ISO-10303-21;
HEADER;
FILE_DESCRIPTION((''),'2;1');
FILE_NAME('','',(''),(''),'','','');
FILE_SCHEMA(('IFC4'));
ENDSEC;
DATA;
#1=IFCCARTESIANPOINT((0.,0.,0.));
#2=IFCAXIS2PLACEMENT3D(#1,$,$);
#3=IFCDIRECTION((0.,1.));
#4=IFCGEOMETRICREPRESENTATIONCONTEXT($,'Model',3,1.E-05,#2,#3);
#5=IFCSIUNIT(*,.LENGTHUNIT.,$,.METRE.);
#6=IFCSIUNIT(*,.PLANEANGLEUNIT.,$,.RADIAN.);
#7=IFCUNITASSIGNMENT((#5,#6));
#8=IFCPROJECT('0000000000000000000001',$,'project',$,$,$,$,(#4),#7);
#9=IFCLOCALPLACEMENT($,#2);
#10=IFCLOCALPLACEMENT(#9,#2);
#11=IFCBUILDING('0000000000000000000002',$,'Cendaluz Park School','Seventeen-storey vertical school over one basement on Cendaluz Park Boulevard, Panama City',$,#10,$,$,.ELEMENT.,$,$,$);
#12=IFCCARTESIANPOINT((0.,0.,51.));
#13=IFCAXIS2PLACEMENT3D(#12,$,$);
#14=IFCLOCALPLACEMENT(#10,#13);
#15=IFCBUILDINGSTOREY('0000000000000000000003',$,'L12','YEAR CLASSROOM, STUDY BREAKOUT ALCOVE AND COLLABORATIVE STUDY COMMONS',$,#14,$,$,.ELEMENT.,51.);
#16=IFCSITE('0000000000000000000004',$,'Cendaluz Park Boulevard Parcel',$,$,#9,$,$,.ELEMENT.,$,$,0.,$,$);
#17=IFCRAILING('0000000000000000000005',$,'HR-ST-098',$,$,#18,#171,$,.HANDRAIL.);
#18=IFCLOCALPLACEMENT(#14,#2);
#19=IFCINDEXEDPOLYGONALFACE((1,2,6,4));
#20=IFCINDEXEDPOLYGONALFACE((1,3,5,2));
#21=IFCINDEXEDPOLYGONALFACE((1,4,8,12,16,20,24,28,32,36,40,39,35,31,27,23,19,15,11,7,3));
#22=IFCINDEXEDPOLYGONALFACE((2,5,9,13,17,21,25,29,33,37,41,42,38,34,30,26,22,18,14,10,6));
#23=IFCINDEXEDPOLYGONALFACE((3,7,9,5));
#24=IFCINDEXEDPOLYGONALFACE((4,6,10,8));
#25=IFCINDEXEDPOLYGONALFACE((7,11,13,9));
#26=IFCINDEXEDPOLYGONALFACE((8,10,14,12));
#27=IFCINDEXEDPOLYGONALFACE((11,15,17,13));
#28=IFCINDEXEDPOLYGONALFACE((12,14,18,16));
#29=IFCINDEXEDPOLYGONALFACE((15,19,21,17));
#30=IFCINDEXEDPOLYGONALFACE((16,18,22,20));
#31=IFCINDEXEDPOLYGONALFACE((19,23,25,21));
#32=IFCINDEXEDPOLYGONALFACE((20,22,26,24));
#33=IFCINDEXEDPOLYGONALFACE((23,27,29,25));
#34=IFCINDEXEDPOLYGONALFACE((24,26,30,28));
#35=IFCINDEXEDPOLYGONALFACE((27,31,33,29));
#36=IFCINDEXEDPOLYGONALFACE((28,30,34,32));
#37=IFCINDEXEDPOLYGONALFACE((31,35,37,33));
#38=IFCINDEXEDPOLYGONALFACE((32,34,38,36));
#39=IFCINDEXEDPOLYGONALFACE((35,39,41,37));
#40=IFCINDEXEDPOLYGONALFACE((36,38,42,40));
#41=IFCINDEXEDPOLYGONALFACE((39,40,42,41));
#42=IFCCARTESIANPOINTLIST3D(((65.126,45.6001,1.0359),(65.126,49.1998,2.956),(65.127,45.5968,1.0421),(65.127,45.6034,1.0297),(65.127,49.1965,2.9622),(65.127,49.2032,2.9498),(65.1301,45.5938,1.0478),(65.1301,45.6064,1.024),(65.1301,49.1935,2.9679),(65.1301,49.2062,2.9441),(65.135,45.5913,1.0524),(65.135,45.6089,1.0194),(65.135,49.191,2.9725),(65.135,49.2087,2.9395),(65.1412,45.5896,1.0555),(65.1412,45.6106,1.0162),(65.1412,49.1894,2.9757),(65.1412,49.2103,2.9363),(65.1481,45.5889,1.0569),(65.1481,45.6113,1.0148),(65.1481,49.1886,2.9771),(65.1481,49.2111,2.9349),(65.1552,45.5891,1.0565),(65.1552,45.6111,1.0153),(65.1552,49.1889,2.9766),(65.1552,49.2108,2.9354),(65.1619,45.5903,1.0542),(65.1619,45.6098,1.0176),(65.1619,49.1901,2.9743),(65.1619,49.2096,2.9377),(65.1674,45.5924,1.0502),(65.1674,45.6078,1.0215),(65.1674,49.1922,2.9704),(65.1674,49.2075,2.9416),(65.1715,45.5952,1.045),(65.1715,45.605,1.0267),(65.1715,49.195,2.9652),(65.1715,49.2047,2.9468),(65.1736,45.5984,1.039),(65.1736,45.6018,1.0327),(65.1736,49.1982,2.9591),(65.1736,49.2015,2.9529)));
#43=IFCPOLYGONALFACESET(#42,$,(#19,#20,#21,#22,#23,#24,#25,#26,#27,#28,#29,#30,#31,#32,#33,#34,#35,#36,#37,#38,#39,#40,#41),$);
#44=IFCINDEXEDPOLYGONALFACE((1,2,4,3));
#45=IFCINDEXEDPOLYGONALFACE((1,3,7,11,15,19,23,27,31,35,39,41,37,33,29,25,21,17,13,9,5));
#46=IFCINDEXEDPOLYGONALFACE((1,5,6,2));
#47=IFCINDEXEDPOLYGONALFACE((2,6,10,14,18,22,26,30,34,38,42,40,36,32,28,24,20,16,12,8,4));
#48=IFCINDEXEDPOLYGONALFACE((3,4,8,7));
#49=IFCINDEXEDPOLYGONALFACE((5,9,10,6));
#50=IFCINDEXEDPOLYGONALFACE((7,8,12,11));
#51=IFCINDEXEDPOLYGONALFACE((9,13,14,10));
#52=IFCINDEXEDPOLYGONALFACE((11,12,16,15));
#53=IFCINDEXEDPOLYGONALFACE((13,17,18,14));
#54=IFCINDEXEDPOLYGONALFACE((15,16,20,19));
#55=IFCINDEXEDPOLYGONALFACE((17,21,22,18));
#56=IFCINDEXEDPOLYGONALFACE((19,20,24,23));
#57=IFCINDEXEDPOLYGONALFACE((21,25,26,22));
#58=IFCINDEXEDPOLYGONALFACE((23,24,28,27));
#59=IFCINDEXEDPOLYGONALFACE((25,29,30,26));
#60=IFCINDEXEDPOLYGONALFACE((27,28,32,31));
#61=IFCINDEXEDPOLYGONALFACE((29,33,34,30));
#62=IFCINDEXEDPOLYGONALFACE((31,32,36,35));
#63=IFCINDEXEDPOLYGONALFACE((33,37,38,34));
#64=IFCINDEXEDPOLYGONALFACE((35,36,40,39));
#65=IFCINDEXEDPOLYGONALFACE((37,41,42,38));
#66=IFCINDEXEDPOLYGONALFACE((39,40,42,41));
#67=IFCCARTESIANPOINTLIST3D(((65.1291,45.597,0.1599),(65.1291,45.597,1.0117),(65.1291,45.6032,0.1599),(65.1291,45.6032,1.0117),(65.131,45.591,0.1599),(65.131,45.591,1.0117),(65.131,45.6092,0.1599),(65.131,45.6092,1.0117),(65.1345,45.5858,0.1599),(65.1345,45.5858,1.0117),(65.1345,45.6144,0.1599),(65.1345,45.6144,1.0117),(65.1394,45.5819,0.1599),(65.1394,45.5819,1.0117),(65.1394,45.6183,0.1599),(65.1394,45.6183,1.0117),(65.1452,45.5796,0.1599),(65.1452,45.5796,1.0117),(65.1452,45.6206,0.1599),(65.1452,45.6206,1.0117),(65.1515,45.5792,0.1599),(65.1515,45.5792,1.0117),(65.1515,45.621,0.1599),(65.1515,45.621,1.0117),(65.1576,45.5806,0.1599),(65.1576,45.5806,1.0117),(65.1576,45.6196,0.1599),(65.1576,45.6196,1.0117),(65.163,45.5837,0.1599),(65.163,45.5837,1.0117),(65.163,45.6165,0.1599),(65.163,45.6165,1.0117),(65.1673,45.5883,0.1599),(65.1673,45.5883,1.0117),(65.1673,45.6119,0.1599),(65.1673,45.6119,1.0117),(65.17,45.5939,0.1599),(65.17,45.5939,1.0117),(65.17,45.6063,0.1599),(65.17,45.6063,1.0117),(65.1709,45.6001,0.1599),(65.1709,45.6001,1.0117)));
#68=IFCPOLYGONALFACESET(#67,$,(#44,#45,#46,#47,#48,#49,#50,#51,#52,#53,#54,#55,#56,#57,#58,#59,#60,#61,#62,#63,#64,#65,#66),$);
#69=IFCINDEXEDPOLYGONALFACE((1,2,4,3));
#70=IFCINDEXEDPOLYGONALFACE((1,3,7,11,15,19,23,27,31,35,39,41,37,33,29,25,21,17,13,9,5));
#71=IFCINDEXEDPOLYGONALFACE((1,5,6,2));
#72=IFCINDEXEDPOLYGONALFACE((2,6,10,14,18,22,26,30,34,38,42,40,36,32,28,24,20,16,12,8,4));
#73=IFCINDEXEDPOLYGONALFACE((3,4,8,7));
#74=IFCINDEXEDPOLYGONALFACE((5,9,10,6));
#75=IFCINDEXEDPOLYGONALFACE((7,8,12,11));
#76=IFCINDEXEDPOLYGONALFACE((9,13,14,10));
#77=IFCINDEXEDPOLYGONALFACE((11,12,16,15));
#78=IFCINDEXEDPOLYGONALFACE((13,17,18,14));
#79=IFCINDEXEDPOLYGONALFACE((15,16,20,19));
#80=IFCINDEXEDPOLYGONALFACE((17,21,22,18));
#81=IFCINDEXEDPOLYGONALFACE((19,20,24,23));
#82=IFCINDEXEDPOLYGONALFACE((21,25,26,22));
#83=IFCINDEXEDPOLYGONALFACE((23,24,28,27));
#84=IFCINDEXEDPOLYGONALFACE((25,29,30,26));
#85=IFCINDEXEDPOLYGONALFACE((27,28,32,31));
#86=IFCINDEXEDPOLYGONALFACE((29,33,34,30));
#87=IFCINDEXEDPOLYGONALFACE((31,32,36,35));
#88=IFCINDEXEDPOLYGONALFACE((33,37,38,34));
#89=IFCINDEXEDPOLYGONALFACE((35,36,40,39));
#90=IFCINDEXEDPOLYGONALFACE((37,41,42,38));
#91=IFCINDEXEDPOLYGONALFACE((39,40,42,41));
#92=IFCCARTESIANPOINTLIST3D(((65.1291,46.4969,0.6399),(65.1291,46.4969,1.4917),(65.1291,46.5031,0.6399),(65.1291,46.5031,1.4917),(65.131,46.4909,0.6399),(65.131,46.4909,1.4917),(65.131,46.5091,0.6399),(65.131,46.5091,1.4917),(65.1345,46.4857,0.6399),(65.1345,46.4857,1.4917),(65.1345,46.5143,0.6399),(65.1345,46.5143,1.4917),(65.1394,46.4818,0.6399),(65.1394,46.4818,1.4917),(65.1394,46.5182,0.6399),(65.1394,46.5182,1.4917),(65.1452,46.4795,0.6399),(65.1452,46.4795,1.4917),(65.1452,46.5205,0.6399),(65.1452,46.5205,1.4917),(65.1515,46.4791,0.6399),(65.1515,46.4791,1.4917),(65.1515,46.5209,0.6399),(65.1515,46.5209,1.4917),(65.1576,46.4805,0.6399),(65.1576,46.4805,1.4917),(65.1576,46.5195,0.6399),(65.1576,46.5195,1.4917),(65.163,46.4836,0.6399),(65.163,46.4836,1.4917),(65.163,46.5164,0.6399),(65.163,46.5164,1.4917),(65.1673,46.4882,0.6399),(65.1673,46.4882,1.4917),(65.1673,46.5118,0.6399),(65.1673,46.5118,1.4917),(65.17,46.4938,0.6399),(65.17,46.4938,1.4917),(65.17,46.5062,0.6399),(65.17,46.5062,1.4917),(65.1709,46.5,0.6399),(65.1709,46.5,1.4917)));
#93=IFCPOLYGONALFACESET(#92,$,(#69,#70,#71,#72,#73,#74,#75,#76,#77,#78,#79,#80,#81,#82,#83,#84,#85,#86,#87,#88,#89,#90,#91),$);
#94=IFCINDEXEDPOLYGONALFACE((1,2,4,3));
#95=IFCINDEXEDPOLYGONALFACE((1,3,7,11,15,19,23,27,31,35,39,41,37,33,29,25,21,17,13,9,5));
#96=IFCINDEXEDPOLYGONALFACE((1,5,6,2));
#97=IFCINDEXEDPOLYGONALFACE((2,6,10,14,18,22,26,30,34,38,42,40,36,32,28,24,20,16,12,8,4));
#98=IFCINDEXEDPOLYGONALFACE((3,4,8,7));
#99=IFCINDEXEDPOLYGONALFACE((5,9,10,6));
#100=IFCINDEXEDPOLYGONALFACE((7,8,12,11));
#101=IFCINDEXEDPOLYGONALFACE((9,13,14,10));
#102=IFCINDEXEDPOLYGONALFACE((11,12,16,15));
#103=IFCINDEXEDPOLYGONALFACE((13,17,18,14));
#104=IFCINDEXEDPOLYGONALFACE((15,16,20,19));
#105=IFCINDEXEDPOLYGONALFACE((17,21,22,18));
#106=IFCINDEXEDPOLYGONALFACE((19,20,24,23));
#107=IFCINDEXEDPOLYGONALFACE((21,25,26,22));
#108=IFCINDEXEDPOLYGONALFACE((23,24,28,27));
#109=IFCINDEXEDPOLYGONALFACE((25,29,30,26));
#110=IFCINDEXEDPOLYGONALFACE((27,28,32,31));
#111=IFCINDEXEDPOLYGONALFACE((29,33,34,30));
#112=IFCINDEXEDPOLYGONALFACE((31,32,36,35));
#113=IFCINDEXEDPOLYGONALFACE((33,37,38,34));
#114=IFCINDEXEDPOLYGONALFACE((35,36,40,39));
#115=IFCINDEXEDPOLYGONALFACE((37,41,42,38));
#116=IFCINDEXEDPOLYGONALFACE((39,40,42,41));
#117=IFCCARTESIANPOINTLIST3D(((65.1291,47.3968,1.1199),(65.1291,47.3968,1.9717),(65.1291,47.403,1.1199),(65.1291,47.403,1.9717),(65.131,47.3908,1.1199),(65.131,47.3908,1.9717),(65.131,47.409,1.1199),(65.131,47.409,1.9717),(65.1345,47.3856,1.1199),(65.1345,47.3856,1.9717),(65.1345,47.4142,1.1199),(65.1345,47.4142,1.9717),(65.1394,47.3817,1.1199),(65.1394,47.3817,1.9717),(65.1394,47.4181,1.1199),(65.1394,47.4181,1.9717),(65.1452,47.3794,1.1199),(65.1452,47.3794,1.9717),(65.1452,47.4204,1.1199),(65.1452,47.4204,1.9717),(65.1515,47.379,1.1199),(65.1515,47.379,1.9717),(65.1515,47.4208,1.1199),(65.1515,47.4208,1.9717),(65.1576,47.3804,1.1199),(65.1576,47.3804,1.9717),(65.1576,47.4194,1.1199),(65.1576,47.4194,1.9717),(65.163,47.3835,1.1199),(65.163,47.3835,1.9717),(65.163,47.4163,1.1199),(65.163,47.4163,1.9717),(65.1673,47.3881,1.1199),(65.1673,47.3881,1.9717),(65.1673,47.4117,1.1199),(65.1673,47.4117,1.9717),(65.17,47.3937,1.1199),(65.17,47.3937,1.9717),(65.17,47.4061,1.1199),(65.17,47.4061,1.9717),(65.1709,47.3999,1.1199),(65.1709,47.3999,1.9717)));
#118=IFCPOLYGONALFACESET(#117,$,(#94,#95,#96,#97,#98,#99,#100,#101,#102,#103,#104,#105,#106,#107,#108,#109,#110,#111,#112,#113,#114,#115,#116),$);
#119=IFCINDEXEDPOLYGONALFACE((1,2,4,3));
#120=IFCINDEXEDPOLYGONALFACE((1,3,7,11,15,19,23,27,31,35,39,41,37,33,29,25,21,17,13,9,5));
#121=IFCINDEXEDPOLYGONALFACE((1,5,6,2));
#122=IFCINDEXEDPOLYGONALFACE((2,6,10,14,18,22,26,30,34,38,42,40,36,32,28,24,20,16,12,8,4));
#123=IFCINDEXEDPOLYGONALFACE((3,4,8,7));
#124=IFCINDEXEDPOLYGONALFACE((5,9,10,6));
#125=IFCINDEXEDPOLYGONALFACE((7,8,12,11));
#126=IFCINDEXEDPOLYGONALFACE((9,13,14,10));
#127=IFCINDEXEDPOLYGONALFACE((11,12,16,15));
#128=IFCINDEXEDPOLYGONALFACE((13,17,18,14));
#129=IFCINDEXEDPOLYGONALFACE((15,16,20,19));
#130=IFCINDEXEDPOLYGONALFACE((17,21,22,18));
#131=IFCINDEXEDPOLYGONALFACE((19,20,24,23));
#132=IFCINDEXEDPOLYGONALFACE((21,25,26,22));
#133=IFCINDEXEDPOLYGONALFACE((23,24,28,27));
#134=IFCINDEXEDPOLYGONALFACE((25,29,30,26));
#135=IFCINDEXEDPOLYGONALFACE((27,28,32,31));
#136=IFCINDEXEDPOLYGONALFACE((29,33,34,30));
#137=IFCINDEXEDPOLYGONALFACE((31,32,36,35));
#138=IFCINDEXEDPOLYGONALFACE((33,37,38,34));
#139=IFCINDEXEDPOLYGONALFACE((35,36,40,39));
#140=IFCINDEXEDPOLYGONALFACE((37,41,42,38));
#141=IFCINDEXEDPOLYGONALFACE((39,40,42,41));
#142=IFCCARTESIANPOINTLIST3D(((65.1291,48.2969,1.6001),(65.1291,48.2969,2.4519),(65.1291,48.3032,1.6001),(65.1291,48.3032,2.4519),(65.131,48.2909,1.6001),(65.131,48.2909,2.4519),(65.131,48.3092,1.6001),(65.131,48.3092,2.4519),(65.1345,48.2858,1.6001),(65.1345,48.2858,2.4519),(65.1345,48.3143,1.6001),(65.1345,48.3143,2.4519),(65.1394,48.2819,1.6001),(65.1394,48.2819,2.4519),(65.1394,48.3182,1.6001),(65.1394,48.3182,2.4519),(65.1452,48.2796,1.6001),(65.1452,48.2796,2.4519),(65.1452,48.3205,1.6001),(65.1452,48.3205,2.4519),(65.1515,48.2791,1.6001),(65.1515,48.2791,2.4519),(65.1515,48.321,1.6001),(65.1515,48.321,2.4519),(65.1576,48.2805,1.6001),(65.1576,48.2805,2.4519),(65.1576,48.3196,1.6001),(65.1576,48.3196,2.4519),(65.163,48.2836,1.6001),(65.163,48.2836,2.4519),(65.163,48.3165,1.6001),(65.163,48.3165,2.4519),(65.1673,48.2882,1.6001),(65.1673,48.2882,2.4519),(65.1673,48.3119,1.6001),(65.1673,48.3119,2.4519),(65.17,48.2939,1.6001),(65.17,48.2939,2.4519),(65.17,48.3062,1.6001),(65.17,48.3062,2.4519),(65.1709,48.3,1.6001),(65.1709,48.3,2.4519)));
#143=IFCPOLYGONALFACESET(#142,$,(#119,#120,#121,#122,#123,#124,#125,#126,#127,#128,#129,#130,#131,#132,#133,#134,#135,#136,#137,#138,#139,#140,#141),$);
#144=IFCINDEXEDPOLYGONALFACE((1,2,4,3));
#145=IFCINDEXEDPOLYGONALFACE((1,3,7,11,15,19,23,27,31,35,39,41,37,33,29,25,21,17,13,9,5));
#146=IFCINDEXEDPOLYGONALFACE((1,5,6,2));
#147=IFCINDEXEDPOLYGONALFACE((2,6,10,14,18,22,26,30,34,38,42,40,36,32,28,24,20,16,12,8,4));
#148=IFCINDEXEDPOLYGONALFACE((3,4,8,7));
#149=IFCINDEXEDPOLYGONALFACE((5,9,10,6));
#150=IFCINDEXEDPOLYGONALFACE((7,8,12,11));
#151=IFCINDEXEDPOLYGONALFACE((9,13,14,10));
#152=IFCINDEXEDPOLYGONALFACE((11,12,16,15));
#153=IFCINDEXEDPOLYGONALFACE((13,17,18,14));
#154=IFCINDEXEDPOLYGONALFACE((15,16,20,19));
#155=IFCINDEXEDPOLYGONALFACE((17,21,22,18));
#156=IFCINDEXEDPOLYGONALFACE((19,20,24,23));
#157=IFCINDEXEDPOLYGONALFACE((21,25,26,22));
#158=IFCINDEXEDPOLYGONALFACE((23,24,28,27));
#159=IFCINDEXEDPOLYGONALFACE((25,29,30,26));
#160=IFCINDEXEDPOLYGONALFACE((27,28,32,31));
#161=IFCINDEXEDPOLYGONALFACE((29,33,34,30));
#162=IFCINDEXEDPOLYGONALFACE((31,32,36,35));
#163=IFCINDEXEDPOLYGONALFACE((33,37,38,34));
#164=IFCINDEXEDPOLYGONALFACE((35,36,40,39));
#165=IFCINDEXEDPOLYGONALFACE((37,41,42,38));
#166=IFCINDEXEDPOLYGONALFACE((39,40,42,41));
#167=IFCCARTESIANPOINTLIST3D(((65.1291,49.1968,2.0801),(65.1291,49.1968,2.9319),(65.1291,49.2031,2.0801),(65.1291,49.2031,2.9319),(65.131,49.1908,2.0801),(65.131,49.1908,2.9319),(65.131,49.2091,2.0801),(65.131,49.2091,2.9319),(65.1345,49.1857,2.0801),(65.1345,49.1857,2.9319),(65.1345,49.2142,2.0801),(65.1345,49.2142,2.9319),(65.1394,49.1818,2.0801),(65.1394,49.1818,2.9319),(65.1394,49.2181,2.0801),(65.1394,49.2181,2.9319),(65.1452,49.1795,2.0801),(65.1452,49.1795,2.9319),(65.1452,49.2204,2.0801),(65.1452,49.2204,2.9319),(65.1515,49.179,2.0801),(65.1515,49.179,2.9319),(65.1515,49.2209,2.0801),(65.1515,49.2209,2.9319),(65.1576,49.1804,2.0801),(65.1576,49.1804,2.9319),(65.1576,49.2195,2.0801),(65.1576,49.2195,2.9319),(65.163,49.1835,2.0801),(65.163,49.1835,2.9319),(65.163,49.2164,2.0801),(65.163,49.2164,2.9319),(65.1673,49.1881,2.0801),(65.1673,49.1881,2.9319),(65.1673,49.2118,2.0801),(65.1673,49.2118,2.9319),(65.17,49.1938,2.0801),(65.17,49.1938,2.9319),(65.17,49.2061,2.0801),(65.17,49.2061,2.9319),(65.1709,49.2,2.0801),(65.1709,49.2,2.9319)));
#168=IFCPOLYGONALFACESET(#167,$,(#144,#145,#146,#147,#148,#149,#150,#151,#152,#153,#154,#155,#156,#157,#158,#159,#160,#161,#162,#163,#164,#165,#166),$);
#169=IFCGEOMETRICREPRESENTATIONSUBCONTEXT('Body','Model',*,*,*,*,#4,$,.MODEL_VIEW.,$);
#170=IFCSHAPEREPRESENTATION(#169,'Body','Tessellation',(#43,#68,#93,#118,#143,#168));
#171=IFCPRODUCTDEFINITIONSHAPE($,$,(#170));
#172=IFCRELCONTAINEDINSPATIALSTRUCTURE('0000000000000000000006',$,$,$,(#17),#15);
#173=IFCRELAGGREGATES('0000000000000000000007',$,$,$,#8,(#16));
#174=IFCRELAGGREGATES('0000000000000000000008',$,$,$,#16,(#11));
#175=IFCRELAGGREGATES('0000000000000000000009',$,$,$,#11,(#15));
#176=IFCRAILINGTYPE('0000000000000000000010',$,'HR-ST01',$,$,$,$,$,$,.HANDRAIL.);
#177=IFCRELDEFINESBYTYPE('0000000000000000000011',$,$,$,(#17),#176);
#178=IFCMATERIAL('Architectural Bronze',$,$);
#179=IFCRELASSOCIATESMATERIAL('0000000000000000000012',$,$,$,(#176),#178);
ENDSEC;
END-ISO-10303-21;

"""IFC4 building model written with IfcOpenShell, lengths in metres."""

from ifc_helpers import new_model, si_unit, direction, frame, origin, origin_2d, place, context, subcontext, project, spatial, circle, extrude, material, type_object, element, save


model = new_model("IFC4")

# Units and contexts
model_context = context("Model", 3, precision=1e-05, world=origin(), true_north=direction((0.0, 1.0)))
body_context = subcontext(model_context, "Body", "Model", "MODEL_VIEW")
ifc_project = project(units=[si_unit("LENGTHUNIT", "METRE"), si_unit("PLANEANGLEUNIT", "RADIAN")], contexts=[model_context])

# Site, building, storey
site_placement = place(None, origin())
site = spatial("IfcSite", under=ifc_project, at=site_placement, Name="Cendaluz Park Boulevard Parcel", CompositionType="ELEMENT", RefElevation=0.0)
building_placement = place(site_placement, origin())
building = spatial("IfcBuilding", under=site, at=building_placement, Name="Cendaluz Park School", Description="Seventeen-storey vertical school over one basement on Cendaluz Park Boulevard, Panama City", CompositionType="ELEMENT")
storey_placement = place(building_placement, frame((0.0, 0.0, 51.0)))
storey = spatial("IfcBuildingStorey", under=building, at=storey_placement, Name="L12", Description="YEAR CLASSROOM, STUDY BREAKOUT ALCOVE AND COLLABORATIVE STUDY COMMONS", CompositionType="ELEMENT", Elevation=51.0)

# Railing
ifc_material_1 = material(Name="Architectural Bronze")
railing_type_1 = type_object("IfcRailingType", Name="HR-ST01", PredefinedType="HANDRAIL", material=ifc_material_1)
railing_1_placement = place(storey_placement, frame((65.1499, 45.6001, 0.1599)))
element("IfcRailing", 1, at=railing_1_placement, inside=storey, type_object=railing_type_1, Name="HR-ST-098", PredefinedType="HANDRAIL", context=body_context, shape_type="SweptSolid", body=[
    extrude(circle(Radius=0.0239, at=origin_2d()), frame((0.0, 0.0, 0.876), z_axis=(0.0, 0.882328, 0.470635), x_axis=(-1.0, 0.0, 0.0)), (0.0, 0.0, 1.0), 4.0798),
    extrude(circle(Radius=0.021, at=origin_2d()), origin(), (0.0, 0.0, 1.0), 0.8518),
    extrude(circle(Radius=0.021, at=origin_2d()), frame((0.0, 0.8999, 0.48)), (0.0, 0.0, 1.0), 0.8518),
    extrude(circle(Radius=0.021, at=origin_2d()), frame((0.0, 1.7998, 0.96)), (0.0, 0.0, 1.0), 0.8518),
    extrude(circle(Radius=0.021, at=origin_2d()), frame((0.0, 2.7, 1.4402)), (0.0, 0.0, 1.0), 0.8518),
    extrude(circle(Radius=0.021, at=origin_2d()), frame((0.0, 3.5999, 1.9202)), (0.0, 0.0, 1.0), 0.8518),
])

save(model, "model.ifc")
